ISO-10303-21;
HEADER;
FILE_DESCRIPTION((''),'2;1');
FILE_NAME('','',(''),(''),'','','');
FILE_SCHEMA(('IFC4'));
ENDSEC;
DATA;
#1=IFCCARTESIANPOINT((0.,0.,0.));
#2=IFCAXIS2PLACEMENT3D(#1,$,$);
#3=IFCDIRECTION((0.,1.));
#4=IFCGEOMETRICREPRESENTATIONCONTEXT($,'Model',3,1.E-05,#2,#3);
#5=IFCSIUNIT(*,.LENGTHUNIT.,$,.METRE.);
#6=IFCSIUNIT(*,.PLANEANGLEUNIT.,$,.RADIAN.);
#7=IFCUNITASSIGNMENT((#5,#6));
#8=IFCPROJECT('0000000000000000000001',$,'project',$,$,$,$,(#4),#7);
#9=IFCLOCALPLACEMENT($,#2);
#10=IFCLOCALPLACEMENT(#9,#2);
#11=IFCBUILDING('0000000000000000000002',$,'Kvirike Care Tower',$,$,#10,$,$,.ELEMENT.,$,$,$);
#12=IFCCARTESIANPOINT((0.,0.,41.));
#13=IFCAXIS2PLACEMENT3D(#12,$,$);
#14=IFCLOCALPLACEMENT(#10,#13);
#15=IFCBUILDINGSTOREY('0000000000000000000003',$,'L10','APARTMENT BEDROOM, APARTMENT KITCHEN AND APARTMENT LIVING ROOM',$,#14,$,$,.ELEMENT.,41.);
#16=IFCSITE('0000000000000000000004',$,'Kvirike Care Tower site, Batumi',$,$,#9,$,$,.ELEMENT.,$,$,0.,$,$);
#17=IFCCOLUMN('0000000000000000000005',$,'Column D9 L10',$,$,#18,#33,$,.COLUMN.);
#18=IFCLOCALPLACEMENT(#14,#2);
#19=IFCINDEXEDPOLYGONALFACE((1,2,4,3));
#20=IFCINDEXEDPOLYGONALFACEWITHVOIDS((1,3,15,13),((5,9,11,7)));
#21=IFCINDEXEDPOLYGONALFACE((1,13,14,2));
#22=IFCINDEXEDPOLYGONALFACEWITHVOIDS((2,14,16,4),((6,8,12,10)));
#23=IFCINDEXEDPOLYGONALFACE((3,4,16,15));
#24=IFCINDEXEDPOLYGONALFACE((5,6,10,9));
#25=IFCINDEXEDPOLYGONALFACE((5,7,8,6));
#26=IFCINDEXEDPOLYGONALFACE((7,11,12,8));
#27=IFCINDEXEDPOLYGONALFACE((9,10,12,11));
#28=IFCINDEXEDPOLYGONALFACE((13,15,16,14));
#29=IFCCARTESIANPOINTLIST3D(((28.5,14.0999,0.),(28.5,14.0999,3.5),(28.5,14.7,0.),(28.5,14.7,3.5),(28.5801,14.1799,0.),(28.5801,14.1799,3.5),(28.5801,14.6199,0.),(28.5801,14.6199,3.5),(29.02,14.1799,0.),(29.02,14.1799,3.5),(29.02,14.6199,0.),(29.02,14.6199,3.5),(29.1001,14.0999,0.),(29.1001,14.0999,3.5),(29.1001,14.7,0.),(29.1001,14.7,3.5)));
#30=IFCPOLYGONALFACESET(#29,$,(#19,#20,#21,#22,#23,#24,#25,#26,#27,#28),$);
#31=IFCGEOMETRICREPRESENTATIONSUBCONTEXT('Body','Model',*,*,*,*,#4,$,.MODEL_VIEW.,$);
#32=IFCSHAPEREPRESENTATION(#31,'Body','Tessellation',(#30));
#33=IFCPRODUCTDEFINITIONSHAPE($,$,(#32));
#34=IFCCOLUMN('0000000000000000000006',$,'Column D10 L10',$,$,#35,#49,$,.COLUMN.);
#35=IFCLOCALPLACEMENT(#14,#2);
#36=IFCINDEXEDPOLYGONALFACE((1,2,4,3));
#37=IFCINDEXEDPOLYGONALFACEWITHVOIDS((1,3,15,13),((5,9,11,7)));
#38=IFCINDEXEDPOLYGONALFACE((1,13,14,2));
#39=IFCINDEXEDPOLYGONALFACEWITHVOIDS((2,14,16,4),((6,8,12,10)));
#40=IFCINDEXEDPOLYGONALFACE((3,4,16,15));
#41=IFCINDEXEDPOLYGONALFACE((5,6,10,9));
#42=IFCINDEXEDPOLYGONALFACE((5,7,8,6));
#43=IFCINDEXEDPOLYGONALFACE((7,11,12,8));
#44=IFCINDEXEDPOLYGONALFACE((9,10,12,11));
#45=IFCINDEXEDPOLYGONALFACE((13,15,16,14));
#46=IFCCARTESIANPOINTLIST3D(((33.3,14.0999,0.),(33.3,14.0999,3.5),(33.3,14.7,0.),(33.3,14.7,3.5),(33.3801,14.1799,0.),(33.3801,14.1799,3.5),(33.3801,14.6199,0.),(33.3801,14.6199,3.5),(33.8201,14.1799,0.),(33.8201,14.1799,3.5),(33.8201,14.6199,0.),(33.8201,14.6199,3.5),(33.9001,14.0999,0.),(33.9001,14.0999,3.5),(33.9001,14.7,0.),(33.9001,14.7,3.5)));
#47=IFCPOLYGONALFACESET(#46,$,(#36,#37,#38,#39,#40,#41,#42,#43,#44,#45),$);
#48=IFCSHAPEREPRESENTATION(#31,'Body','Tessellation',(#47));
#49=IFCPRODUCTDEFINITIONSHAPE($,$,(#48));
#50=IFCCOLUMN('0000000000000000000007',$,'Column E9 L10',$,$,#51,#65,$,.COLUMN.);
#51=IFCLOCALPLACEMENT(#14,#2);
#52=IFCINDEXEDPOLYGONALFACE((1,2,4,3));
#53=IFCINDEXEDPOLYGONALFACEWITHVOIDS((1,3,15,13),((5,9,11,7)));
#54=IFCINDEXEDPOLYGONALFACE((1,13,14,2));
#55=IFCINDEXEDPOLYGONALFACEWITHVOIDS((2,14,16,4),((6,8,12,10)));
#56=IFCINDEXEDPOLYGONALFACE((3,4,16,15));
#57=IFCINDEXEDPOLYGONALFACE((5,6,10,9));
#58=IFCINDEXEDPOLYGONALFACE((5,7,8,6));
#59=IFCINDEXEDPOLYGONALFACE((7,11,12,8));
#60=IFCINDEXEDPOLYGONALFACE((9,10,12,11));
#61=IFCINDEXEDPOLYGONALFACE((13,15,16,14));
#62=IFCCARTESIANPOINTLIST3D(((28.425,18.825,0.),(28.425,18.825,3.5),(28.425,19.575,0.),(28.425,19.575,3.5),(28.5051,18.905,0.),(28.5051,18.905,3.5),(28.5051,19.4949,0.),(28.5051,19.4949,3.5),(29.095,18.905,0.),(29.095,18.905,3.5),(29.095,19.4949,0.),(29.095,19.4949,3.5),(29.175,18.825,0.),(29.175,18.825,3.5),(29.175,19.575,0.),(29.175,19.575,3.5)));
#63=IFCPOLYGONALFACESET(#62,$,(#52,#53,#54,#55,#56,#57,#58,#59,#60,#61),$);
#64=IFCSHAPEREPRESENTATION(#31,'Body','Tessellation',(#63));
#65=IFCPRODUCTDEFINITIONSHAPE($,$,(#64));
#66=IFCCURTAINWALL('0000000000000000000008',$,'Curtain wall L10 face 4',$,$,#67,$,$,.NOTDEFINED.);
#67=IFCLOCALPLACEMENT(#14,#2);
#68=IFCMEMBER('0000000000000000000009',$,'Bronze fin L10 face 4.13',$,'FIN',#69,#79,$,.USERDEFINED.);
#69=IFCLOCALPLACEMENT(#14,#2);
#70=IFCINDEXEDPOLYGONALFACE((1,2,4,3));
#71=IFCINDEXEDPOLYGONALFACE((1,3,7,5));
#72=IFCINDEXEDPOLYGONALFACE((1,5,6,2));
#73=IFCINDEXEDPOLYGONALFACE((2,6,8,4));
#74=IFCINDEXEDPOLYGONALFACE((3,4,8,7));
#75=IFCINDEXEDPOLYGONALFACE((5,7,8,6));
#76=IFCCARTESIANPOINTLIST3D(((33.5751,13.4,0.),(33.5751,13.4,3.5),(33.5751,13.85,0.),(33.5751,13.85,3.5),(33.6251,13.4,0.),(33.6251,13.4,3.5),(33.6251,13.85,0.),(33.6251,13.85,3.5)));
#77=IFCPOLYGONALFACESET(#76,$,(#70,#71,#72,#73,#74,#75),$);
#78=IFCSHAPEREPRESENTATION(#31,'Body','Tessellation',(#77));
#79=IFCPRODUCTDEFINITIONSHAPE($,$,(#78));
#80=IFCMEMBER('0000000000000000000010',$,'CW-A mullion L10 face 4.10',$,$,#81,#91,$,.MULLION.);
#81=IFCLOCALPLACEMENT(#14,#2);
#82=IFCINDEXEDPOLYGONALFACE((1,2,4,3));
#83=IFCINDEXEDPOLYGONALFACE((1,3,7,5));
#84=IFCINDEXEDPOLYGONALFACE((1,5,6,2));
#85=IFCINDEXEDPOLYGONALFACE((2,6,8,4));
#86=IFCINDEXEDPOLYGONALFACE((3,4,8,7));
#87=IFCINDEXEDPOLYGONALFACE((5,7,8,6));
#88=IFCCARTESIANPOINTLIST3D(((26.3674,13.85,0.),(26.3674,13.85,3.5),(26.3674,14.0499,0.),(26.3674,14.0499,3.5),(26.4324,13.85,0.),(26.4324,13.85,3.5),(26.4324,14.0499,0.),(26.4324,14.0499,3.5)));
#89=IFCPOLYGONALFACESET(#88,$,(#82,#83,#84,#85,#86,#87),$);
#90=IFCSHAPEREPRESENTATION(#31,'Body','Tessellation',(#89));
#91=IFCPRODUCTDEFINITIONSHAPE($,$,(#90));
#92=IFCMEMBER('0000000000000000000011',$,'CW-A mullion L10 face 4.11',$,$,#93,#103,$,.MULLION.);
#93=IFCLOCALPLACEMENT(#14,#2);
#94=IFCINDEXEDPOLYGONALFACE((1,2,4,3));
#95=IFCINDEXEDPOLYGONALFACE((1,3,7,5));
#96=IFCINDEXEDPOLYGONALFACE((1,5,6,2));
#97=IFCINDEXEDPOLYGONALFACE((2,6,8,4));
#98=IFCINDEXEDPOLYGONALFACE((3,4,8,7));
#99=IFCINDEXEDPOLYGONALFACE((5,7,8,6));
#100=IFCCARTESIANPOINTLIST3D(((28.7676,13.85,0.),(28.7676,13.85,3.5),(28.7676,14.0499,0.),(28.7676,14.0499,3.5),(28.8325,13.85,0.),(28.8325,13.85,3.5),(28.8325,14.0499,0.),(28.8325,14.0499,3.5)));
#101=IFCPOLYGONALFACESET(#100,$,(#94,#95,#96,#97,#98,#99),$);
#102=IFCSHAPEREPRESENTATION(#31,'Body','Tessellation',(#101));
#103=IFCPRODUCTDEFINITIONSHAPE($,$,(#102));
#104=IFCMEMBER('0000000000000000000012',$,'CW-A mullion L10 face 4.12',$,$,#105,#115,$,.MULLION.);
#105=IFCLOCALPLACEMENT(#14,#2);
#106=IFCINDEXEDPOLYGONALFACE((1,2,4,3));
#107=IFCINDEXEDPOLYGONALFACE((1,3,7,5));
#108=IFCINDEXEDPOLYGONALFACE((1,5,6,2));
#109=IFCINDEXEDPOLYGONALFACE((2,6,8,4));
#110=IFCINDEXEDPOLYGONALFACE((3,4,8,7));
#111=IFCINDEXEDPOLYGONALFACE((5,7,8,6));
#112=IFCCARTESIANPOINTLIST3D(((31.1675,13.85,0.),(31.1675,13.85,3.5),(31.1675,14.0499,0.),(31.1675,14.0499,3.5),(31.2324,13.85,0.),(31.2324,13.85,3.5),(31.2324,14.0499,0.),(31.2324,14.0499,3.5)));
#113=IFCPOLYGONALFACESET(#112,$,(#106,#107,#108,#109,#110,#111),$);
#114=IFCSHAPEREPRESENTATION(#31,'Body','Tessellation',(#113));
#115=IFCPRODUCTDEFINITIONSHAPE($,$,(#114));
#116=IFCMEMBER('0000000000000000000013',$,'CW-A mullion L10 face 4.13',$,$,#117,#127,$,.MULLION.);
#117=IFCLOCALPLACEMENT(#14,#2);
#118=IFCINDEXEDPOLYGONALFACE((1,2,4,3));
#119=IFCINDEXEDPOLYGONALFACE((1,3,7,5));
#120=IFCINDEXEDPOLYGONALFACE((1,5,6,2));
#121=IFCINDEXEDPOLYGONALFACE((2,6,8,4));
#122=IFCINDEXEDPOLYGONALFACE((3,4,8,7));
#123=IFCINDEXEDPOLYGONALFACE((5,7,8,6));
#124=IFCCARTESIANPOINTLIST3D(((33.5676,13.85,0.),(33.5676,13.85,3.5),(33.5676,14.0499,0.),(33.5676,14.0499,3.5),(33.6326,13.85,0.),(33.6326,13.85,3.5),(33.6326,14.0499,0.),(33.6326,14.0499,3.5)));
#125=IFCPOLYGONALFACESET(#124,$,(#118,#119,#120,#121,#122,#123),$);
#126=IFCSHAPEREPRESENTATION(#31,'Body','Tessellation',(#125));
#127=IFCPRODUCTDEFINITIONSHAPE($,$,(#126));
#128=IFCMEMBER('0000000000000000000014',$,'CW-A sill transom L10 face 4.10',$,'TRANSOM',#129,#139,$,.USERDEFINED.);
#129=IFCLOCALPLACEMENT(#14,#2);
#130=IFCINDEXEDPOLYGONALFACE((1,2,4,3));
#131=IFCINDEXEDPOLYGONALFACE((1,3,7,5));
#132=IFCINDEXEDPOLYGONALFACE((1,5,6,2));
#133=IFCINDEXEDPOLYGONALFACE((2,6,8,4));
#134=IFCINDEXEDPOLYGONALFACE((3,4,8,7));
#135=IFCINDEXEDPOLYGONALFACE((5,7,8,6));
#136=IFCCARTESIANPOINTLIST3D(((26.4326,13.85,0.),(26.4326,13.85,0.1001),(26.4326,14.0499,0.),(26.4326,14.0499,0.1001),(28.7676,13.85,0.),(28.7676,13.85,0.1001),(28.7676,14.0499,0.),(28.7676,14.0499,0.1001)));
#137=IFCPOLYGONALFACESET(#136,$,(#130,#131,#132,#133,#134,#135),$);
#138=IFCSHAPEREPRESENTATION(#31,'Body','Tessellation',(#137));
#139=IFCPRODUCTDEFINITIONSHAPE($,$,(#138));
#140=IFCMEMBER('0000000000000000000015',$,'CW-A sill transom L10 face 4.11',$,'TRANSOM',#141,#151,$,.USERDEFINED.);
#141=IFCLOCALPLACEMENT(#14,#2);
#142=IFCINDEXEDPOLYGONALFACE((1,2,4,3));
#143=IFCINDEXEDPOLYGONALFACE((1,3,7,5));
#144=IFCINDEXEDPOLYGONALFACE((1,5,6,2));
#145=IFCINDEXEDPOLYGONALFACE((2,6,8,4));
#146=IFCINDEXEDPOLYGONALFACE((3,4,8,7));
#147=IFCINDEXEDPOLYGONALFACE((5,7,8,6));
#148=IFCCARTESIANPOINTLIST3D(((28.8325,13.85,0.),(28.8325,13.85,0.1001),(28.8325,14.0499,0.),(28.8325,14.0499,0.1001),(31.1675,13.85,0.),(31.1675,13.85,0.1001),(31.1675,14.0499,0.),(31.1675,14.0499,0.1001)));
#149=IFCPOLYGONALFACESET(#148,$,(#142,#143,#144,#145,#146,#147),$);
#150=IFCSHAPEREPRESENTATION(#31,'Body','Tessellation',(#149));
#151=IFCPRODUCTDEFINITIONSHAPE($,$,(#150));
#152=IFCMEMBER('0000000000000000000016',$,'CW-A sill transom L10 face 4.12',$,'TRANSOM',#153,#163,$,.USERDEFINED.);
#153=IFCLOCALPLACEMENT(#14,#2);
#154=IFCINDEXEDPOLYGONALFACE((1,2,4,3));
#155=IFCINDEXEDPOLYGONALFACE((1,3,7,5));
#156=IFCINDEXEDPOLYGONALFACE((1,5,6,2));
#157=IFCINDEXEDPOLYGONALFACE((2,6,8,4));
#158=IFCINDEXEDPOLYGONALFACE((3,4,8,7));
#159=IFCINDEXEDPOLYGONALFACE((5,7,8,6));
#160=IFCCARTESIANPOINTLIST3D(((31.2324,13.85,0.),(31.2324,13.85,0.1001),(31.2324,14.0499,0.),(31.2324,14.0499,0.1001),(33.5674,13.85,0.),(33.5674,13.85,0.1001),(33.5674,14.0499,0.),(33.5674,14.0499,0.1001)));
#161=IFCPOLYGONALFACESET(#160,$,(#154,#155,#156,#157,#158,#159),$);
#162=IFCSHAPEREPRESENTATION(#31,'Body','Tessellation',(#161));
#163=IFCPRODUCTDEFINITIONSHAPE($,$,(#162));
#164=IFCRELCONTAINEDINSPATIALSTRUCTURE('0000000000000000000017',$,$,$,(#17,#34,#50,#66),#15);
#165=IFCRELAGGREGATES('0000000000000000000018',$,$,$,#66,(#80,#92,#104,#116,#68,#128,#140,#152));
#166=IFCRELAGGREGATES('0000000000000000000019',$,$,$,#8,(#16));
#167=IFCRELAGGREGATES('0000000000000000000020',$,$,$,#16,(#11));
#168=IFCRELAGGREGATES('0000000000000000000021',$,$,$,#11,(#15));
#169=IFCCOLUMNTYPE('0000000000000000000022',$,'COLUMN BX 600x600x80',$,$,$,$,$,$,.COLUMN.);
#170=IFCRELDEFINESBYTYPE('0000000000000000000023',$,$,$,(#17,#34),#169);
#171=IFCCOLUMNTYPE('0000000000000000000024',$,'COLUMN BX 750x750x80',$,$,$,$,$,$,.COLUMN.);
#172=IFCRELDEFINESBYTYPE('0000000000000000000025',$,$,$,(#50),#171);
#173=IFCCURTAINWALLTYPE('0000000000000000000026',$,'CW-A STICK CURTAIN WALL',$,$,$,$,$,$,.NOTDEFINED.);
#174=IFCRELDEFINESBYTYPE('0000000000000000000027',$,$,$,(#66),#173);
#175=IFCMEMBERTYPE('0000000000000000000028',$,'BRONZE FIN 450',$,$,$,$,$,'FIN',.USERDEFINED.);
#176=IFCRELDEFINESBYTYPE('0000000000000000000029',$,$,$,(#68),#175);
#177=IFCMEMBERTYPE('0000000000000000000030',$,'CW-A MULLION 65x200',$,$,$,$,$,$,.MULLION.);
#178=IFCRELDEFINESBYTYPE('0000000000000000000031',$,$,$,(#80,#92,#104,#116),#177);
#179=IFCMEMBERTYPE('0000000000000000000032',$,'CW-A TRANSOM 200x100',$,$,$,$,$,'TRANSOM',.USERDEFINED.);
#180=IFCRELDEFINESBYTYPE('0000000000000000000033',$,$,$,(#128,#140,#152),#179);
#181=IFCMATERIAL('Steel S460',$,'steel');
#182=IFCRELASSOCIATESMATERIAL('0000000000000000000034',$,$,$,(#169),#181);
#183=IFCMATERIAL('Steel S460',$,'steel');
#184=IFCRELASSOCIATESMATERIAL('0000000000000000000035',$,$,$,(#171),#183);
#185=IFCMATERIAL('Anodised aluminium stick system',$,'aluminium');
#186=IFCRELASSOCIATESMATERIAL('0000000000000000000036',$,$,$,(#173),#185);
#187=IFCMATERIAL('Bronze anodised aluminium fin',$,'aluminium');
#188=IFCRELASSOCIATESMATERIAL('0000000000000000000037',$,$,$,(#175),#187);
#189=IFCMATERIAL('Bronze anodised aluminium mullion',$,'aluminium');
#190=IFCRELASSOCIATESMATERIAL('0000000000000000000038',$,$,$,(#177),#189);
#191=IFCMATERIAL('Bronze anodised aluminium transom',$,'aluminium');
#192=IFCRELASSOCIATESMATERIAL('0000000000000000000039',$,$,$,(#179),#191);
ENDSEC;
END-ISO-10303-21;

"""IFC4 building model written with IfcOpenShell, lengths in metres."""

from ifc_helpers import new_model, si_unit, direction, frame, origin, origin_2d, place, context, subcontext, project, spatial, rectangle, hollow_rectangle, extrude, material, material_profile, profile_set, type_object, element, aggregate, save


model = new_model("IFC4")

# Units and contexts
model_context = context("Model", 3, precision=1e-05, world=origin(), true_north=direction((0.0, 1.0)))
body_context = subcontext(model_context, "Body", "Model", "MODEL_VIEW")
ifc_project = project(units=[si_unit("LENGTHUNIT", "METRE"), si_unit("PLANEANGLEUNIT", "RADIAN")], contexts=[model_context])

# Site, building, storey
site_placement = place(None, origin())
site = spatial("IfcSite", under=ifc_project, at=site_placement, Name="Kvirike Care Tower site, Batumi", CompositionType="ELEMENT", RefElevation=0.0)
building_placement = place(site_placement, origin())
building = spatial("IfcBuilding", under=site, at=building_placement, Name="Kvirike Care Tower", CompositionType="ELEMENT")
storey_placement = place(building_placement, frame((0.0, 0.0, 41.0)))
storey = spatial("IfcBuildingStorey", under=building, at=storey_placement, Name="L10", Description="APARTMENT BEDROOM, APARTMENT KITCHEN AND APARTMENT LIVING ROOM", CompositionType="ELEMENT", Elevation=41.0)

# Columns
ifc_material_1 = material(Name="Steel S460", Category="steel")
ifc_material_profile_1 = material_profile(ifc_material_1, hollow_rectangle(XDim=0.6001, YDim=0.6001, WallThickness=0.0801, at=origin_2d()), Name="BX 600x600x80")
ifc_profile_set_1 = profile_set([ifc_material_profile_1], Name="Steel S460")
column_type_1 = type_object("IfcColumnType", Name="COLUMN BX 600x600x80", PredefinedType="COLUMN", material=ifc_profile_set_1)
for number, where, z_axis, x_axis, name in (
    (1, (28.8, 14.3999, 0.0), (0.0, 0.0, 1.0), (0.0, 1.0, 0.0), "Column D9 L10"),
    (2, (33.6001, 14.3999, 0.0), (0.0, 0.0, 1.0), (0.0, 1.0, 0.0), "Column D10 L10"),
):
    element("IfcColumn", number, at=place(storey_placement, frame(where, z_axis=z_axis, x_axis=x_axis)), inside=storey, type_object=column_type_1, Name=name, PredefinedType="COLUMN", context=body_context, shape_type="SweptSolid", body=[
        extrude(hollow_rectangle(XDim=0.6001, YDim=0.6001, WallThickness=0.0801, at=origin_2d()), origin(), (0.0, 0.0, 1.0), 3.5),
    ])
ifc_material_2 = material(Name="Steel S460", Category="steel")
ifc_material_profile_2 = material_profile(ifc_material_2, hollow_rectangle(XDim=0.75, YDim=0.75, WallThickness=0.0801, at=origin_2d()), Name="BX 750x750x80")
ifc_profile_set_2 = profile_set([ifc_material_profile_2], Name="Steel S460")
column_type_2 = type_object("IfcColumnType", Name="COLUMN BX 750x750x80", PredefinedType="COLUMN", material=ifc_profile_set_2)
column_placement = place(storey_placement, frame((28.8, 19.2, 0.0), z_axis=(0.0, 0.0, 1.0), x_axis=(1.0, 0.0, 0.0)))
element("IfcColumn", 3, at=column_placement, inside=storey, type_object=column_type_2, Name="Column E9 L10", PredefinedType="COLUMN", context=body_context, shape_type="SweptSolid", body=[
    extrude(hollow_rectangle(XDim=0.75, YDim=0.75, WallThickness=0.0801, at=origin_2d()), origin(), (0.0, 0.0, 1.0), 3.5),
])

# Curtain wall, members
ifc_material_3 = material(Name="Anodised aluminium stick system", Category="aluminium")
curtain_wall_type = type_object("IfcCurtainWallType", Name="CW-A STICK CURTAIN WALL", PredefinedType="NOTDEFINED", material=ifc_material_3)
curtain_wall_placement = place(storey_placement, origin())
curtain_wall = element("IfcCurtainWall", 4, at=curtain_wall_placement, inside=storey, type_object=curtain_wall_type, Name="Curtain wall L10 face 4", PredefinedType="NOTDEFINED")
ifc_material_4 = material(Name="Bronze anodised aluminium fin", Category="aluminium")
ifc_material_profile_3 = material_profile(ifc_material_4, rectangle(XDim=0.05, YDim=0.45, at=origin_2d()), Name="BRONZE FIN 450")
ifc_profile_set_3 = profile_set([ifc_material_profile_3], Name="Bronze anodised aluminium fin")
member_type_1 = type_object("IfcMemberType", Name="BRONZE FIN 450", ElementType="FIN", PredefinedType="USERDEFINED", material=ifc_profile_set_3)
member_1_placement = place(storey_placement, frame((33.6001, 13.625, 0.0), z_axis=(0.0, 0.0, 1.0), x_axis=(1.0, 0.0, 0.0)))
member_1 = element("IfcMember", 5, at=member_1_placement, type_object=member_type_1, Name="Bronze fin L10 face 4.13", ObjectType="FIN", PredefinedType="USERDEFINED", context=body_context, shape_type="SweptSolid", body=[
    extrude(rectangle(XDim=0.05, YDim=0.45, at=origin_2d()), origin(), (0.0, 0.0, 1.0), 3.5),
])
ifc_material_5 = material(Name="Bronze anodised aluminium mullion", Category="aluminium")
ifc_material_profile_4 = material_profile(ifc_material_5, rectangle(XDim=0.0649, YDim=0.2, at=origin_2d()), Name="CW-A MULLION 65x200")
ifc_profile_set_4 = profile_set([ifc_material_profile_4], Name="Bronze anodised aluminium mullion")
member_type_2 = type_object("IfcMemberType", Name="CW-A MULLION 65x200", PredefinedType="MULLION", material=ifc_profile_set_4)
member_2_placement = place(storey_placement, frame((26.3999, 13.95, 0.0), z_axis=(0.0, 0.0, 1.0), x_axis=(1.0, 0.0, 0.0)))
member_2 = element("IfcMember", 6, at=member_2_placement, type_object=member_type_2, Name="CW-A mullion L10 face 4.10", PredefinedType="MULLION", context=body_context, shape_type="SweptSolid", body=[
    extrude(rectangle(XDim=0.0649, YDim=0.2, at=origin_2d()), origin(), (0.0, 0.0, 1.0), 3.5),
])
member_3_placement = place(storey_placement, frame((28.8, 13.95, 0.0), z_axis=(0.0, 0.0, 1.0), x_axis=(1.0, 0.0, 0.0)))
member_3 = element("IfcMember", 7, at=member_3_placement, type_object=member_type_2, Name="CW-A mullion L10 face 4.11", PredefinedType="MULLION", context=body_context, shape_type="SweptSolid", body=[
    extrude(rectangle(XDim=0.0649, YDim=0.2, at=origin_2d()), origin(), (0.0, 0.0, 1.0), 3.5),
])
member_4_placement = place(storey_placement, frame((31.2, 13.95, 0.0), z_axis=(0.0, 0.0, 1.0), x_axis=(1.0, 0.0, 0.0)))
member_4 = element("IfcMember", 8, at=member_4_placement, type_object=member_type_2, Name="CW-A mullion L10 face 4.12", PredefinedType="MULLION", context=body_context, shape_type="SweptSolid", body=[
    extrude(rectangle(XDim=0.0649, YDim=0.2, at=origin_2d()), origin(), (0.0, 0.0, 1.0), 3.5),
])
member_5_placement = place(storey_placement, frame((33.6001, 13.95, 0.0), z_axis=(0.0, 0.0, 1.0), x_axis=(1.0, 0.0, 0.0)))
member_5 = element("IfcMember", 9, at=member_5_placement, type_object=member_type_2, Name="CW-A mullion L10 face 4.13", PredefinedType="MULLION", context=body_context, shape_type="SweptSolid", body=[
    extrude(rectangle(XDim=0.0649, YDim=0.2, at=origin_2d()), origin(), (0.0, 0.0, 1.0), 3.5),
])
ifc_material_6 = material(Name="Bronze anodised aluminium transom", Category="aluminium")
ifc_material_profile_5 = material_profile(ifc_material_6, rectangle(XDim=0.2, YDim=0.1001, at=origin_2d()), Name="CW-A TRANSOM 200x100")
ifc_profile_set_5 = profile_set([ifc_material_profile_5], Name="Bronze anodised aluminium transom")
member_type_3 = type_object("IfcMemberType", Name="CW-A TRANSOM 200x100", ElementType="TRANSOM", PredefinedType="USERDEFINED", material=ifc_profile_set_5)
member_6_placement = place(storey_placement, frame((26.4326, 13.95, 0.05), z_axis=(1.0, 0.0, 0.0), x_axis=(0.0, 1.0, 0.0)))
member_6 = element("IfcMember", 10, at=member_6_placement, type_object=member_type_3, Name="CW-A sill transom L10 face 4.10", ObjectType="TRANSOM", PredefinedType="USERDEFINED", context=body_context, shape_type="SweptSolid", body=[
    extrude(rectangle(XDim=0.2, YDim=0.1001, at=origin_2d()), origin(), (0.0, 0.0, 1.0), 2.335),
])
member_7_placement = place(storey_placement, frame((28.8325, 13.95, 0.05), z_axis=(1.0, 0.0, 0.0), x_axis=(0.0, 1.0, 0.0)))
member_7 = element("IfcMember", 11, at=member_7_placement, type_object=member_type_3, Name="CW-A sill transom L10 face 4.11", ObjectType="TRANSOM", PredefinedType="USERDEFINED", context=body_context, shape_type="SweptSolid", body=[
    extrude(rectangle(XDim=0.2, YDim=0.1001, at=origin_2d()), origin(), (0.0, 0.0, 1.0), 2.335),
])
member_8_placement = place(storey_placement, frame((31.2324, 13.95, 0.05), z_axis=(1.0, 0.0, 0.0), x_axis=(0.0, 1.0, 0.0)))
member_8 = element("IfcMember", 12, at=member_8_placement, type_object=member_type_3, Name="CW-A sill transom L10 face 4.12", ObjectType="TRANSOM", PredefinedType="USERDEFINED", context=body_context, shape_type="SweptSolid", body=[
    extrude(rectangle(XDim=0.2, YDim=0.1001, at=origin_2d()), origin(), (0.0, 0.0, 1.0), 2.335),
])

aggregate(curtain_wall, [member_2, member_3, member_4, member_5, member_1, member_6, member_7, member_8])

save(model, "model.ifc")
